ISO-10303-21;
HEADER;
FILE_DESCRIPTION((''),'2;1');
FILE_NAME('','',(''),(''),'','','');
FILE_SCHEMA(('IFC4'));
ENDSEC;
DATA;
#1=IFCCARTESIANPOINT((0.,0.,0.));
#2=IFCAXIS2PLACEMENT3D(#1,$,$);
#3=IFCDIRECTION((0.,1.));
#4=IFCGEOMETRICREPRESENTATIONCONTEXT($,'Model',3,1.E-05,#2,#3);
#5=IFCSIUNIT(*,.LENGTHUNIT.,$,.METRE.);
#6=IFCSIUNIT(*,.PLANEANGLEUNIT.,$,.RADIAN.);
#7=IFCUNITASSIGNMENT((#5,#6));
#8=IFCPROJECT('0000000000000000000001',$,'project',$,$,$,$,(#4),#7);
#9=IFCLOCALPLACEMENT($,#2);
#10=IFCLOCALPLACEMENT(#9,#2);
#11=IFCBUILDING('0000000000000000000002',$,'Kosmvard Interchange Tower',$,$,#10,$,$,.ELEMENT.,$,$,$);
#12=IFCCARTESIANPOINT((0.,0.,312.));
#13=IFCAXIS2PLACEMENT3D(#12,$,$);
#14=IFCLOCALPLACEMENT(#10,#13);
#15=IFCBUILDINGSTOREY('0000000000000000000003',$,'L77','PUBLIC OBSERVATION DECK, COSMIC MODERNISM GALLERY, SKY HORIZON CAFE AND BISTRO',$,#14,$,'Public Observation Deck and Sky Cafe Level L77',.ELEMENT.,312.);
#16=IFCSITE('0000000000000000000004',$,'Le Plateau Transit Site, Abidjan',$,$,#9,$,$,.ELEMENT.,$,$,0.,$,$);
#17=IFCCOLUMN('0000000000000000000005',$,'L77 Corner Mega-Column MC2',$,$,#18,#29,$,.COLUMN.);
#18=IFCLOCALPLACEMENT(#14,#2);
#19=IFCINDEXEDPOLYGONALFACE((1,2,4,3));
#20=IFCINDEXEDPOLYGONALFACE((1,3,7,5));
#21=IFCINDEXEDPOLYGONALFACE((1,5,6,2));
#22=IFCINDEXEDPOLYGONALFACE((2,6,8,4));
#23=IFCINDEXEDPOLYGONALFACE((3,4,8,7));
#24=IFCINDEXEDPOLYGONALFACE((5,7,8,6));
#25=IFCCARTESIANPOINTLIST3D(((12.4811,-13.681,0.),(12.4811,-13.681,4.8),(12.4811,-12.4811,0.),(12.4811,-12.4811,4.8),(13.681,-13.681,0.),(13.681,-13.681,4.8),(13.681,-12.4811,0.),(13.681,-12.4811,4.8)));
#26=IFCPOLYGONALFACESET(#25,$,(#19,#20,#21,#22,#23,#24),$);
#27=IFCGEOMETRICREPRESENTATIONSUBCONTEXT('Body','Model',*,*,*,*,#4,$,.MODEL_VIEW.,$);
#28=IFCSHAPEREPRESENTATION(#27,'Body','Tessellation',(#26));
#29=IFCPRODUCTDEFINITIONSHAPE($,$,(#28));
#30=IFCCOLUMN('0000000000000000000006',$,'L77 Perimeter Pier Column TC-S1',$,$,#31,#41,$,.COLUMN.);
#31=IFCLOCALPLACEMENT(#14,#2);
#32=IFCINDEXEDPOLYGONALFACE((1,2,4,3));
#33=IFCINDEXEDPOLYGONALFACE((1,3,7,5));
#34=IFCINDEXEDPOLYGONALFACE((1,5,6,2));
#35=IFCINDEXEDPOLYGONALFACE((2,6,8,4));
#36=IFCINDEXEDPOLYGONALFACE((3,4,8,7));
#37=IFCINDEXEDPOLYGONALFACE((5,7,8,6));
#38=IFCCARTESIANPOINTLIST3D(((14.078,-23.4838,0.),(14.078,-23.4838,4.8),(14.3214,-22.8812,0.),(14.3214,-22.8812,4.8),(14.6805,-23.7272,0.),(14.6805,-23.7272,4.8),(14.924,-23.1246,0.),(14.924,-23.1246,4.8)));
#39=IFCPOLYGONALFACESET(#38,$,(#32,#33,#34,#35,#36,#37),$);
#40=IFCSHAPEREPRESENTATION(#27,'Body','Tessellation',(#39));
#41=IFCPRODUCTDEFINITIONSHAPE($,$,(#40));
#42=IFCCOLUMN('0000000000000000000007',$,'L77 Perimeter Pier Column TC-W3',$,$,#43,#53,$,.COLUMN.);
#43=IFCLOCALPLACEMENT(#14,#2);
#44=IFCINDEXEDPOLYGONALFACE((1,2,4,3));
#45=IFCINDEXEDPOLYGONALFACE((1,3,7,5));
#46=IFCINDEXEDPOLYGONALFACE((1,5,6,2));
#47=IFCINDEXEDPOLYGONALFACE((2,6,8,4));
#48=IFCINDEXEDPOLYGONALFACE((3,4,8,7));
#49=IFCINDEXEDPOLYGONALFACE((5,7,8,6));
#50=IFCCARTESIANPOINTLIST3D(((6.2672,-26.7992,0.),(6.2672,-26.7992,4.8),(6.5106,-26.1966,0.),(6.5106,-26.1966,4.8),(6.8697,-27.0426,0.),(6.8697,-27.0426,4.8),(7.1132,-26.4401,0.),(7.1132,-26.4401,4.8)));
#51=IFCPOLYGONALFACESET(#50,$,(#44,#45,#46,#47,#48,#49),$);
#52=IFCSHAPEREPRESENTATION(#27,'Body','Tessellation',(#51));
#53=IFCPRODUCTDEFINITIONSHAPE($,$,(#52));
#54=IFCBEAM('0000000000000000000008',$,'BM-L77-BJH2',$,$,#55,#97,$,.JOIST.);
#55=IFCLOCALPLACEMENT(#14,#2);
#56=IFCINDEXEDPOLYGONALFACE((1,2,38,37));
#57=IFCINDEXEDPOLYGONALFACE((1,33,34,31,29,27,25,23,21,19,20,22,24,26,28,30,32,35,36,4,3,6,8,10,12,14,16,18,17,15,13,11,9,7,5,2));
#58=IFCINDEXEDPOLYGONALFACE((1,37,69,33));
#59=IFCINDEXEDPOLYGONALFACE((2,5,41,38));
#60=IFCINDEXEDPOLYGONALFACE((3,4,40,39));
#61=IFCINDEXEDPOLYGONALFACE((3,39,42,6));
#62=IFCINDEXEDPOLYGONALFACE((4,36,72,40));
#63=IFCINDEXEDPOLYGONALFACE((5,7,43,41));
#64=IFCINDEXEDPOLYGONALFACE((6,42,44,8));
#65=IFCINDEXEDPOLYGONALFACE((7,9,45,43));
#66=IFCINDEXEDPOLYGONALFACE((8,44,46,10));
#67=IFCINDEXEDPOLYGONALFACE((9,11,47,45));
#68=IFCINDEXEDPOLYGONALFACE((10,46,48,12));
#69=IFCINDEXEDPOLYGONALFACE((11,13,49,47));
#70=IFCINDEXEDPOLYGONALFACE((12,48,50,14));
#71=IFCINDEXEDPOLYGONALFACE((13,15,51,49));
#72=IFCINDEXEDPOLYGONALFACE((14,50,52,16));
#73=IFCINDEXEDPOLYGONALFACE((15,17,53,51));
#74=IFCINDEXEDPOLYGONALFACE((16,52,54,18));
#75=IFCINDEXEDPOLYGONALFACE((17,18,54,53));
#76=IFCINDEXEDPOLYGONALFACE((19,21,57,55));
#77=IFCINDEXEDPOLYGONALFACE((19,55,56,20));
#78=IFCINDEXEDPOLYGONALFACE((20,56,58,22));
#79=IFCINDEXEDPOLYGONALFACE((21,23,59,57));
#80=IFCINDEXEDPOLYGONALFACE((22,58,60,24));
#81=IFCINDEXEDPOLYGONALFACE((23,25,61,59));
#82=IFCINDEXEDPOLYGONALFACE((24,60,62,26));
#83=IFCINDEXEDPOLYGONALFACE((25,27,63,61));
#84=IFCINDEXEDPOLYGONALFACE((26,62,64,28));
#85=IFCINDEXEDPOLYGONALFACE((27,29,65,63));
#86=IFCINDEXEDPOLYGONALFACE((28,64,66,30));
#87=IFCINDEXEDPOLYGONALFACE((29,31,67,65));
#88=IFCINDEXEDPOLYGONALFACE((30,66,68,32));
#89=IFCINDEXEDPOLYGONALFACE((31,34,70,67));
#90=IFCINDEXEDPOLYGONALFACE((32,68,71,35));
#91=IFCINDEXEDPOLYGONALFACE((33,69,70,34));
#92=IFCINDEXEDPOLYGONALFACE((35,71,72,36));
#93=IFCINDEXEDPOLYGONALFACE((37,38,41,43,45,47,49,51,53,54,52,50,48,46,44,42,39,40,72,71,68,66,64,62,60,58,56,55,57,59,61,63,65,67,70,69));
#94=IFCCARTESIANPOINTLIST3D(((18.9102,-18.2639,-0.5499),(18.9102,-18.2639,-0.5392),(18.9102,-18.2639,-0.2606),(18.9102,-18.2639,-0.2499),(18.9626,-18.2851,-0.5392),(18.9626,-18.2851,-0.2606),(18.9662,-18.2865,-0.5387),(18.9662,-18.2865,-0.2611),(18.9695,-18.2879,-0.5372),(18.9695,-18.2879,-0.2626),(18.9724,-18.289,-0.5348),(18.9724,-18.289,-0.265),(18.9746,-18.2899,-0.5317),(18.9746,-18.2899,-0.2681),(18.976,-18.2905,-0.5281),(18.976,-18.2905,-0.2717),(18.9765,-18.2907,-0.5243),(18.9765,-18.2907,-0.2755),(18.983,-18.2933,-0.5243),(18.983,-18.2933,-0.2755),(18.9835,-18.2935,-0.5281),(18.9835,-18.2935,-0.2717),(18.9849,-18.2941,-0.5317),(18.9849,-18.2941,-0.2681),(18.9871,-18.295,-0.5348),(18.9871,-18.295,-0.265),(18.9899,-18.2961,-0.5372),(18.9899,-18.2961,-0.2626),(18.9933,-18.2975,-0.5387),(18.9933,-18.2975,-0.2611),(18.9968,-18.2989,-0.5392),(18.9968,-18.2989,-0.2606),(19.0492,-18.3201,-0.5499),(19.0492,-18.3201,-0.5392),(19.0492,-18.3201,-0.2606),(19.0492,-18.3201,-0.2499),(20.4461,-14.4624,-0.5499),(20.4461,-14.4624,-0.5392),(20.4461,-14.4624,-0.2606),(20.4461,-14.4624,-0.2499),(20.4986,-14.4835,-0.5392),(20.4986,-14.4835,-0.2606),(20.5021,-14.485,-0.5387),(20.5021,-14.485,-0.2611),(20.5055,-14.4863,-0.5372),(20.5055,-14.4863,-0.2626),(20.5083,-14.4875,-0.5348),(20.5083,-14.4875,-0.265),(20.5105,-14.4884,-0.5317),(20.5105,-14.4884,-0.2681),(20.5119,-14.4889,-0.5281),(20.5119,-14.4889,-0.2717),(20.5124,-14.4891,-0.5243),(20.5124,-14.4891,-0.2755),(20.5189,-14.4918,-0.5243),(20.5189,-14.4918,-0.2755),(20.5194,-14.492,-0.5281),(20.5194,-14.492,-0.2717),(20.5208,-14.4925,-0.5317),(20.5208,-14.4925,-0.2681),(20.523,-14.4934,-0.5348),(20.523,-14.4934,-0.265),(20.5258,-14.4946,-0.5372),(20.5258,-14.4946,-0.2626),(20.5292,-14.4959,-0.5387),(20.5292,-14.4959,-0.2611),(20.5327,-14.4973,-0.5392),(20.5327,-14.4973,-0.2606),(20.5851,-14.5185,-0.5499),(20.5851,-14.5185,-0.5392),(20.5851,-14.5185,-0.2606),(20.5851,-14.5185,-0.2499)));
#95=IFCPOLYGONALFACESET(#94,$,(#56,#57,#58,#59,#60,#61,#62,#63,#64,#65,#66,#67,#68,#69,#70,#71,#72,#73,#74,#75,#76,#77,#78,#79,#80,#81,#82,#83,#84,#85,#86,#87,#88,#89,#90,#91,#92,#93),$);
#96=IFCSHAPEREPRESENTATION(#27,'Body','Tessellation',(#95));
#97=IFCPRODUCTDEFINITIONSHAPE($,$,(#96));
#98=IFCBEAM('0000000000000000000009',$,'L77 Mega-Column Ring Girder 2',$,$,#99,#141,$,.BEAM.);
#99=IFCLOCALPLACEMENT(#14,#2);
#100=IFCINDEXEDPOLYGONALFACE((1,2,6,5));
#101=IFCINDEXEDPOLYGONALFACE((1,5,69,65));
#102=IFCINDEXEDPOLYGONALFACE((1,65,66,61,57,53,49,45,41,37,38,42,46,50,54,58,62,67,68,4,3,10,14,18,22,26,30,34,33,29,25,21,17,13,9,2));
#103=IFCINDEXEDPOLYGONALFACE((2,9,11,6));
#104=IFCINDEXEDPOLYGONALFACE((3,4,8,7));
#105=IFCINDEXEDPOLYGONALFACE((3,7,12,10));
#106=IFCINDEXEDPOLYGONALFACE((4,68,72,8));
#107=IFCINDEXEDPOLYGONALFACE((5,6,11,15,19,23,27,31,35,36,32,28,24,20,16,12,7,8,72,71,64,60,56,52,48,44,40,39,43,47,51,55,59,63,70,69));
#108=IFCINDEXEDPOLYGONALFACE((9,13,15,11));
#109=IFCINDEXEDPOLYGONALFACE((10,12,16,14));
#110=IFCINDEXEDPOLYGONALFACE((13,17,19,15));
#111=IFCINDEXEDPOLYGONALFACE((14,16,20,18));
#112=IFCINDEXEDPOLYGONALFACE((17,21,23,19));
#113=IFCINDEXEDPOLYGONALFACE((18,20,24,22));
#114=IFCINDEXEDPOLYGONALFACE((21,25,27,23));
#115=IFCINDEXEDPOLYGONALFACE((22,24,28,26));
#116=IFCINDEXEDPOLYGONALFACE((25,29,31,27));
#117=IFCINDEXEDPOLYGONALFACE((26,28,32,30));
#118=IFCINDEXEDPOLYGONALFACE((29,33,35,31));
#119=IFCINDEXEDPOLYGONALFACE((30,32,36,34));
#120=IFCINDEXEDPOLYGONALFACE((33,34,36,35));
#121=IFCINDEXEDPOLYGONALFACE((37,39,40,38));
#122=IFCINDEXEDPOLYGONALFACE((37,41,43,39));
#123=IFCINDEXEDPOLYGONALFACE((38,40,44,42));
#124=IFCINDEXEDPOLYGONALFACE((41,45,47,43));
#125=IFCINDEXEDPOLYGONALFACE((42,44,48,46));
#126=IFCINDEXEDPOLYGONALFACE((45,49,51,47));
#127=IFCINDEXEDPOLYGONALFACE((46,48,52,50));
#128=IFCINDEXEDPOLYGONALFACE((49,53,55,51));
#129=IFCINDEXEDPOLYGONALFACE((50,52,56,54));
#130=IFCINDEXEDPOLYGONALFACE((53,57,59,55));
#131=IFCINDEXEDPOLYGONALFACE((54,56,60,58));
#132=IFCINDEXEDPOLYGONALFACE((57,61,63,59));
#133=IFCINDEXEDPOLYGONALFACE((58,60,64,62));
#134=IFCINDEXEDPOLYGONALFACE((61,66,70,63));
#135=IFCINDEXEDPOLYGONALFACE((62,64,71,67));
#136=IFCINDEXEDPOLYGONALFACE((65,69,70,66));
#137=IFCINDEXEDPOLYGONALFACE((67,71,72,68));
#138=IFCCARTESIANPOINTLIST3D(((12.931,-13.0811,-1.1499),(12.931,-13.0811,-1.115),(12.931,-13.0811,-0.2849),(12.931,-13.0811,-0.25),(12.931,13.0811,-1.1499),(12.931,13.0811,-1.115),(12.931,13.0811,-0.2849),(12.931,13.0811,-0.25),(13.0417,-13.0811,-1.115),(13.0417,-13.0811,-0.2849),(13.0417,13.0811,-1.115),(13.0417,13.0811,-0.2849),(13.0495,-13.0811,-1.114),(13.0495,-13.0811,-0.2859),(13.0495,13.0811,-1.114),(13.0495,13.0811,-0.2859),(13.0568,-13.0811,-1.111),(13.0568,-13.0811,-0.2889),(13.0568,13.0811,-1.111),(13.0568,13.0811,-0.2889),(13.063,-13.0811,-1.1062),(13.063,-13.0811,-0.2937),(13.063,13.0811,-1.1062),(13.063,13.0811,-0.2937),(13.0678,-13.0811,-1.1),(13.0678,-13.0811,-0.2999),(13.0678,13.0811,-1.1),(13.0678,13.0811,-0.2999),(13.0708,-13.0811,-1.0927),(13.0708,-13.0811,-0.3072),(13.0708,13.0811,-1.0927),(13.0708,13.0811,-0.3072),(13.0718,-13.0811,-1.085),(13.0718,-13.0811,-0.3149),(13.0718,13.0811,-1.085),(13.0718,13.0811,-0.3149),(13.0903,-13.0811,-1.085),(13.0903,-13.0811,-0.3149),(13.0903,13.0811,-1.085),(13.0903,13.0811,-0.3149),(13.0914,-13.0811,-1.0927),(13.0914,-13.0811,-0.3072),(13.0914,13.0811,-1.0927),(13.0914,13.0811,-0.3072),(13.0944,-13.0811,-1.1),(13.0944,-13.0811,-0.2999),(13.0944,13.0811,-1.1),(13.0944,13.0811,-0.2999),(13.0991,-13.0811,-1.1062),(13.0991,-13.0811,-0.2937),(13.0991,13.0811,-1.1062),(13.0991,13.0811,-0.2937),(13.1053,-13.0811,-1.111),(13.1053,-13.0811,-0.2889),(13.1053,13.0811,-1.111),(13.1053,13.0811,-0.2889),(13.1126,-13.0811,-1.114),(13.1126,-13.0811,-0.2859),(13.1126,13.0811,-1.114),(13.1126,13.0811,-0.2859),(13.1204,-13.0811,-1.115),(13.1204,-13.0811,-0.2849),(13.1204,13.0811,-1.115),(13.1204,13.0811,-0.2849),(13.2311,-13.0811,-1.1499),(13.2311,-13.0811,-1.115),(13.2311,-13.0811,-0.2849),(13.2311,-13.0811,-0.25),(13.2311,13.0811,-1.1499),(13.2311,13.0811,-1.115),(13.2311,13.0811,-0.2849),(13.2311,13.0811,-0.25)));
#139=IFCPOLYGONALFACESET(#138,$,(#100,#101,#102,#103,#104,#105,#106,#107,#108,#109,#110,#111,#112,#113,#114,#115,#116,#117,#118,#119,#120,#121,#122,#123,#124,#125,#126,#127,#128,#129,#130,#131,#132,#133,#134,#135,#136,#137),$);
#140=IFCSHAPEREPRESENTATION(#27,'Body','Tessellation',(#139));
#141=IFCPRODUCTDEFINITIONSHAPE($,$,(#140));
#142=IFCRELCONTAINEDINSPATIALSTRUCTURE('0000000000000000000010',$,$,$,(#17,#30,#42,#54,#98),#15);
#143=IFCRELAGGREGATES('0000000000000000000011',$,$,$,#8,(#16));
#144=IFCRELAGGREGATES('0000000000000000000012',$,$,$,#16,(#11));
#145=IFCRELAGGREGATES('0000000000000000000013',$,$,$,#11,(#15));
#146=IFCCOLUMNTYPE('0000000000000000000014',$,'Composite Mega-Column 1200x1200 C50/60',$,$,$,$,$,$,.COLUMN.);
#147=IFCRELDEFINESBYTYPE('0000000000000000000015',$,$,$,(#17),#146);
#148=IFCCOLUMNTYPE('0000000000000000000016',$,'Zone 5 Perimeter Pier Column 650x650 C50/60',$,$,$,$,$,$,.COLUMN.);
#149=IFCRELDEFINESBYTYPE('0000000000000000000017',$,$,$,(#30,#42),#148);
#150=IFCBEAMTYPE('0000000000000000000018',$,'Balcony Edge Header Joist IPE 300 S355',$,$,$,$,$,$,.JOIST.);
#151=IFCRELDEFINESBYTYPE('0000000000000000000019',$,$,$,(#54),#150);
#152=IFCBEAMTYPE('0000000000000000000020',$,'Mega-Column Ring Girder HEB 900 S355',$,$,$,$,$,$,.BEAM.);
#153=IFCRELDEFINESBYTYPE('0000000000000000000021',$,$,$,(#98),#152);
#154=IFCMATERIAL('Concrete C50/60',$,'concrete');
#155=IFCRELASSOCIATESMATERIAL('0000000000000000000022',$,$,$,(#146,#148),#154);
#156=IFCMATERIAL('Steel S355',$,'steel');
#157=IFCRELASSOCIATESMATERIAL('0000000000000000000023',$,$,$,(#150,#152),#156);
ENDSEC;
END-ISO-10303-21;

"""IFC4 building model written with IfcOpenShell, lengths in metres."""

from ifc_helpers import new_model, si_unit, direction, frame, origin, origin_2d, place, context, subcontext, project, spatial, rectangle, i_section, extrude, source, transform, mapped, material, material_profile, profile_set, type_object, element, save


model = new_model("IFC4")

# Units and contexts
model_context = context("Model", 3, precision=1e-05, world=origin(), true_north=direction((0.0, 1.0)))
body_context = subcontext(model_context, "Body", "Model", "MODEL_VIEW")
ifc_project = project(units=[si_unit("LENGTHUNIT", "METRE"), si_unit("PLANEANGLEUNIT", "RADIAN")], contexts=[model_context])

# Site, building, storey
site_placement = place(None, origin())
site = spatial("IfcSite", under=ifc_project, at=site_placement, Name="Le Plateau Transit Site, Abidjan", CompositionType="ELEMENT", RefElevation=0.0)
building_placement = place(site_placement, origin())
building = spatial("IfcBuilding", under=site, at=building_placement, Name="Kosmvard Interchange Tower", CompositionType="ELEMENT")
storey_placement = place(building_placement, frame((0.0, 0.0, 312.0)))
storey = spatial("IfcBuildingStorey", under=building, at=storey_placement, Name="L77", Description="PUBLIC OBSERVATION DECK, COSMIC MODERNISM GALLERY, SKY HORIZON CAFE AND BISTRO", LongName="Public Observation Deck and Sky Cafe Level L77", CompositionType="ELEMENT", Elevation=312.0)

# Columns
ifc_material_1 = material(Name="Concrete C50/60", Category="concrete")
ifc_material_profile_1 = material_profile(ifc_material_1, rectangle(XDim=1.2, YDim=1.2, at=origin_2d()), Name="MC 1200x1200")
ifc_profile_set_1 = profile_set([ifc_material_profile_1], Name="Concrete C50/60")
column_type_1 = type_object("IfcColumnType", Name="Composite Mega-Column 1200x1200 C50/60", PredefinedType="COLUMN", material=ifc_profile_set_1)
shared_shape_1 = source(origin(), body_context, "Body", "SweptSolid", [
    extrude(rectangle(XDim=1.2, YDim=1.2, at=origin_2d()), origin(), (0.0, 0.0, 1.0), 4.8),
])
column_placement = place(storey_placement, frame((13.0811, -13.0811, 0.0), z_axis=(0.0, 0.0, 1.0), x_axis=(1.0, 0.0, 0.0)))
element("IfcColumn", 1, at=column_placement, inside=storey, type_object=column_type_1, Name="L77 Corner Mega-Column MC2", PredefinedType="COLUMN", context=body_context, shape_type="MappedRepresentation", body=[
    mapped(shared_shape_1, transform((0.0, 0.0, 0.0), scale=1.0)),
])
ifc_material_profile_2 = material_profile(ifc_material_1, rectangle(XDim=0.6499, YDim=0.6499, at=origin_2d()), Name="TC 650x650")
ifc_profile_set_2 = profile_set([ifc_material_profile_2], Name="Concrete C50/60")
column_type_2 = type_object("IfcColumnType", Name="Zone 5 Perimeter Pier Column 650x650 C50/60", PredefinedType="COLUMN", material=ifc_profile_set_2)
shared_shape_2 = source(origin(), body_context, "Body", "SweptSolid", [
    extrude(rectangle(XDim=0.6499, YDim=0.6499, at=origin_2d()), origin(), (0.0, 0.0, 1.0), 4.8),
])
for number, where, z_axis, x_axis, name in (
    (2, (14.501, -23.3042, 0.0), (0.0, 0.0, 1.0), (0.374607, 0.927184, 0.0), "L77 Perimeter Pier Column TC-S1"),
    (3, (6.6902, -26.6196, 0.0), (0.0, 0.0, 1.0), (0.374607, 0.927184, 0.0), "L77 Perimeter Pier Column TC-W3"),
):
    element("IfcColumn", number, at=place(storey_placement, frame(where, z_axis=z_axis, x_axis=x_axis)), inside=storey, type_object=column_type_2, Name=name, PredefinedType="COLUMN", context=body_context, shape_type="MappedRepresentation", body=[
        mapped(shared_shape_2, transform((0.0, 0.0, 0.0), scale=1.0)),
    ])

# Beams
ifc_material_2 = material(Name="Steel S355", Category="steel")
ifc_material_profile_3 = material_profile(ifc_material_2, i_section(OverallWidth=0.1499, OverallDepth=0.3, WebThickness=0.0071, FlangeThickness=0.0107, FilletRadius=0.0149, at=origin_2d()), Name="IPE 300")
ifc_profile_set_3 = profile_set([ifc_material_profile_3], Name="Steel S355")
beam_type_1 = type_object("IfcBeamType", Name="Balcony Edge Header Joist IPE 300 S355", PredefinedType="JOIST", material=ifc_profile_set_3)
shared_shape_3 = source(origin(), body_context, "Body", "SweptSolid", [
    extrude(i_section(OverallWidth=0.1499, OverallDepth=0.3, WebThickness=0.0071, FlangeThickness=0.0107, FilletRadius=0.0149, at=origin_2d()), origin(), (0.0, 0.0, 1.0), 4.1001),
])
beam_1_placement = place(storey_placement, frame((18.9797, -18.292, -0.3999), z_axis=(0.374602, 0.927186, 0.0), x_axis=(-0.927186, 0.374602, 0.0)))
element("IfcBeam", 4, at=beam_1_placement, inside=storey, type_object=beam_type_1, Name="BM-L77-BJH2", PredefinedType="JOIST", context=body_context, shape_type="MappedRepresentation", body=[
    mapped(shared_shape_3, transform((0.0, 0.0, 0.0), scale=1.0)),
])
ifc_material_profile_4 = material_profile(ifc_material_2, i_section(OverallWidth=0.3, OverallDepth=0.8999, WebThickness=0.0186, FlangeThickness=0.0349, FilletRadius=0.03, at=origin_2d()), Name="HEB 900")
ifc_profile_set_4 = profile_set([ifc_material_profile_4], Name="Steel S355")
beam_type_2 = type_object("IfcBeamType", Name="Mega-Column Ring Girder HEB 900 S355", PredefinedType="BEAM", material=ifc_profile_set_4)
shared_shape_4 = source(origin(), body_context, "Body", "SweptSolid", [
    extrude(i_section(OverallWidth=0.3, OverallDepth=0.8999, WebThickness=0.0186, FlangeThickness=0.0349, FilletRadius=0.03, at=origin_2d()), origin(), (0.0, 0.0, 1.0), 26.1621),
])
beam_2_placement = place(storey_placement, frame((13.0811, -13.0811, -0.7), z_axis=(0.0, 1.0, 0.0), x_axis=(-1.0, 0.0, 0.0)))
element("IfcBeam", 5, at=beam_2_placement, inside=storey, type_object=beam_type_2, Name="L77 Mega-Column Ring Girder 2", PredefinedType="BEAM", context=body_context, shape_type="MappedRepresentation", body=[
    mapped(shared_shape_4, transform((0.0, 0.0, 0.0), scale=1.0)),
])

save(model, "model.ifc")
